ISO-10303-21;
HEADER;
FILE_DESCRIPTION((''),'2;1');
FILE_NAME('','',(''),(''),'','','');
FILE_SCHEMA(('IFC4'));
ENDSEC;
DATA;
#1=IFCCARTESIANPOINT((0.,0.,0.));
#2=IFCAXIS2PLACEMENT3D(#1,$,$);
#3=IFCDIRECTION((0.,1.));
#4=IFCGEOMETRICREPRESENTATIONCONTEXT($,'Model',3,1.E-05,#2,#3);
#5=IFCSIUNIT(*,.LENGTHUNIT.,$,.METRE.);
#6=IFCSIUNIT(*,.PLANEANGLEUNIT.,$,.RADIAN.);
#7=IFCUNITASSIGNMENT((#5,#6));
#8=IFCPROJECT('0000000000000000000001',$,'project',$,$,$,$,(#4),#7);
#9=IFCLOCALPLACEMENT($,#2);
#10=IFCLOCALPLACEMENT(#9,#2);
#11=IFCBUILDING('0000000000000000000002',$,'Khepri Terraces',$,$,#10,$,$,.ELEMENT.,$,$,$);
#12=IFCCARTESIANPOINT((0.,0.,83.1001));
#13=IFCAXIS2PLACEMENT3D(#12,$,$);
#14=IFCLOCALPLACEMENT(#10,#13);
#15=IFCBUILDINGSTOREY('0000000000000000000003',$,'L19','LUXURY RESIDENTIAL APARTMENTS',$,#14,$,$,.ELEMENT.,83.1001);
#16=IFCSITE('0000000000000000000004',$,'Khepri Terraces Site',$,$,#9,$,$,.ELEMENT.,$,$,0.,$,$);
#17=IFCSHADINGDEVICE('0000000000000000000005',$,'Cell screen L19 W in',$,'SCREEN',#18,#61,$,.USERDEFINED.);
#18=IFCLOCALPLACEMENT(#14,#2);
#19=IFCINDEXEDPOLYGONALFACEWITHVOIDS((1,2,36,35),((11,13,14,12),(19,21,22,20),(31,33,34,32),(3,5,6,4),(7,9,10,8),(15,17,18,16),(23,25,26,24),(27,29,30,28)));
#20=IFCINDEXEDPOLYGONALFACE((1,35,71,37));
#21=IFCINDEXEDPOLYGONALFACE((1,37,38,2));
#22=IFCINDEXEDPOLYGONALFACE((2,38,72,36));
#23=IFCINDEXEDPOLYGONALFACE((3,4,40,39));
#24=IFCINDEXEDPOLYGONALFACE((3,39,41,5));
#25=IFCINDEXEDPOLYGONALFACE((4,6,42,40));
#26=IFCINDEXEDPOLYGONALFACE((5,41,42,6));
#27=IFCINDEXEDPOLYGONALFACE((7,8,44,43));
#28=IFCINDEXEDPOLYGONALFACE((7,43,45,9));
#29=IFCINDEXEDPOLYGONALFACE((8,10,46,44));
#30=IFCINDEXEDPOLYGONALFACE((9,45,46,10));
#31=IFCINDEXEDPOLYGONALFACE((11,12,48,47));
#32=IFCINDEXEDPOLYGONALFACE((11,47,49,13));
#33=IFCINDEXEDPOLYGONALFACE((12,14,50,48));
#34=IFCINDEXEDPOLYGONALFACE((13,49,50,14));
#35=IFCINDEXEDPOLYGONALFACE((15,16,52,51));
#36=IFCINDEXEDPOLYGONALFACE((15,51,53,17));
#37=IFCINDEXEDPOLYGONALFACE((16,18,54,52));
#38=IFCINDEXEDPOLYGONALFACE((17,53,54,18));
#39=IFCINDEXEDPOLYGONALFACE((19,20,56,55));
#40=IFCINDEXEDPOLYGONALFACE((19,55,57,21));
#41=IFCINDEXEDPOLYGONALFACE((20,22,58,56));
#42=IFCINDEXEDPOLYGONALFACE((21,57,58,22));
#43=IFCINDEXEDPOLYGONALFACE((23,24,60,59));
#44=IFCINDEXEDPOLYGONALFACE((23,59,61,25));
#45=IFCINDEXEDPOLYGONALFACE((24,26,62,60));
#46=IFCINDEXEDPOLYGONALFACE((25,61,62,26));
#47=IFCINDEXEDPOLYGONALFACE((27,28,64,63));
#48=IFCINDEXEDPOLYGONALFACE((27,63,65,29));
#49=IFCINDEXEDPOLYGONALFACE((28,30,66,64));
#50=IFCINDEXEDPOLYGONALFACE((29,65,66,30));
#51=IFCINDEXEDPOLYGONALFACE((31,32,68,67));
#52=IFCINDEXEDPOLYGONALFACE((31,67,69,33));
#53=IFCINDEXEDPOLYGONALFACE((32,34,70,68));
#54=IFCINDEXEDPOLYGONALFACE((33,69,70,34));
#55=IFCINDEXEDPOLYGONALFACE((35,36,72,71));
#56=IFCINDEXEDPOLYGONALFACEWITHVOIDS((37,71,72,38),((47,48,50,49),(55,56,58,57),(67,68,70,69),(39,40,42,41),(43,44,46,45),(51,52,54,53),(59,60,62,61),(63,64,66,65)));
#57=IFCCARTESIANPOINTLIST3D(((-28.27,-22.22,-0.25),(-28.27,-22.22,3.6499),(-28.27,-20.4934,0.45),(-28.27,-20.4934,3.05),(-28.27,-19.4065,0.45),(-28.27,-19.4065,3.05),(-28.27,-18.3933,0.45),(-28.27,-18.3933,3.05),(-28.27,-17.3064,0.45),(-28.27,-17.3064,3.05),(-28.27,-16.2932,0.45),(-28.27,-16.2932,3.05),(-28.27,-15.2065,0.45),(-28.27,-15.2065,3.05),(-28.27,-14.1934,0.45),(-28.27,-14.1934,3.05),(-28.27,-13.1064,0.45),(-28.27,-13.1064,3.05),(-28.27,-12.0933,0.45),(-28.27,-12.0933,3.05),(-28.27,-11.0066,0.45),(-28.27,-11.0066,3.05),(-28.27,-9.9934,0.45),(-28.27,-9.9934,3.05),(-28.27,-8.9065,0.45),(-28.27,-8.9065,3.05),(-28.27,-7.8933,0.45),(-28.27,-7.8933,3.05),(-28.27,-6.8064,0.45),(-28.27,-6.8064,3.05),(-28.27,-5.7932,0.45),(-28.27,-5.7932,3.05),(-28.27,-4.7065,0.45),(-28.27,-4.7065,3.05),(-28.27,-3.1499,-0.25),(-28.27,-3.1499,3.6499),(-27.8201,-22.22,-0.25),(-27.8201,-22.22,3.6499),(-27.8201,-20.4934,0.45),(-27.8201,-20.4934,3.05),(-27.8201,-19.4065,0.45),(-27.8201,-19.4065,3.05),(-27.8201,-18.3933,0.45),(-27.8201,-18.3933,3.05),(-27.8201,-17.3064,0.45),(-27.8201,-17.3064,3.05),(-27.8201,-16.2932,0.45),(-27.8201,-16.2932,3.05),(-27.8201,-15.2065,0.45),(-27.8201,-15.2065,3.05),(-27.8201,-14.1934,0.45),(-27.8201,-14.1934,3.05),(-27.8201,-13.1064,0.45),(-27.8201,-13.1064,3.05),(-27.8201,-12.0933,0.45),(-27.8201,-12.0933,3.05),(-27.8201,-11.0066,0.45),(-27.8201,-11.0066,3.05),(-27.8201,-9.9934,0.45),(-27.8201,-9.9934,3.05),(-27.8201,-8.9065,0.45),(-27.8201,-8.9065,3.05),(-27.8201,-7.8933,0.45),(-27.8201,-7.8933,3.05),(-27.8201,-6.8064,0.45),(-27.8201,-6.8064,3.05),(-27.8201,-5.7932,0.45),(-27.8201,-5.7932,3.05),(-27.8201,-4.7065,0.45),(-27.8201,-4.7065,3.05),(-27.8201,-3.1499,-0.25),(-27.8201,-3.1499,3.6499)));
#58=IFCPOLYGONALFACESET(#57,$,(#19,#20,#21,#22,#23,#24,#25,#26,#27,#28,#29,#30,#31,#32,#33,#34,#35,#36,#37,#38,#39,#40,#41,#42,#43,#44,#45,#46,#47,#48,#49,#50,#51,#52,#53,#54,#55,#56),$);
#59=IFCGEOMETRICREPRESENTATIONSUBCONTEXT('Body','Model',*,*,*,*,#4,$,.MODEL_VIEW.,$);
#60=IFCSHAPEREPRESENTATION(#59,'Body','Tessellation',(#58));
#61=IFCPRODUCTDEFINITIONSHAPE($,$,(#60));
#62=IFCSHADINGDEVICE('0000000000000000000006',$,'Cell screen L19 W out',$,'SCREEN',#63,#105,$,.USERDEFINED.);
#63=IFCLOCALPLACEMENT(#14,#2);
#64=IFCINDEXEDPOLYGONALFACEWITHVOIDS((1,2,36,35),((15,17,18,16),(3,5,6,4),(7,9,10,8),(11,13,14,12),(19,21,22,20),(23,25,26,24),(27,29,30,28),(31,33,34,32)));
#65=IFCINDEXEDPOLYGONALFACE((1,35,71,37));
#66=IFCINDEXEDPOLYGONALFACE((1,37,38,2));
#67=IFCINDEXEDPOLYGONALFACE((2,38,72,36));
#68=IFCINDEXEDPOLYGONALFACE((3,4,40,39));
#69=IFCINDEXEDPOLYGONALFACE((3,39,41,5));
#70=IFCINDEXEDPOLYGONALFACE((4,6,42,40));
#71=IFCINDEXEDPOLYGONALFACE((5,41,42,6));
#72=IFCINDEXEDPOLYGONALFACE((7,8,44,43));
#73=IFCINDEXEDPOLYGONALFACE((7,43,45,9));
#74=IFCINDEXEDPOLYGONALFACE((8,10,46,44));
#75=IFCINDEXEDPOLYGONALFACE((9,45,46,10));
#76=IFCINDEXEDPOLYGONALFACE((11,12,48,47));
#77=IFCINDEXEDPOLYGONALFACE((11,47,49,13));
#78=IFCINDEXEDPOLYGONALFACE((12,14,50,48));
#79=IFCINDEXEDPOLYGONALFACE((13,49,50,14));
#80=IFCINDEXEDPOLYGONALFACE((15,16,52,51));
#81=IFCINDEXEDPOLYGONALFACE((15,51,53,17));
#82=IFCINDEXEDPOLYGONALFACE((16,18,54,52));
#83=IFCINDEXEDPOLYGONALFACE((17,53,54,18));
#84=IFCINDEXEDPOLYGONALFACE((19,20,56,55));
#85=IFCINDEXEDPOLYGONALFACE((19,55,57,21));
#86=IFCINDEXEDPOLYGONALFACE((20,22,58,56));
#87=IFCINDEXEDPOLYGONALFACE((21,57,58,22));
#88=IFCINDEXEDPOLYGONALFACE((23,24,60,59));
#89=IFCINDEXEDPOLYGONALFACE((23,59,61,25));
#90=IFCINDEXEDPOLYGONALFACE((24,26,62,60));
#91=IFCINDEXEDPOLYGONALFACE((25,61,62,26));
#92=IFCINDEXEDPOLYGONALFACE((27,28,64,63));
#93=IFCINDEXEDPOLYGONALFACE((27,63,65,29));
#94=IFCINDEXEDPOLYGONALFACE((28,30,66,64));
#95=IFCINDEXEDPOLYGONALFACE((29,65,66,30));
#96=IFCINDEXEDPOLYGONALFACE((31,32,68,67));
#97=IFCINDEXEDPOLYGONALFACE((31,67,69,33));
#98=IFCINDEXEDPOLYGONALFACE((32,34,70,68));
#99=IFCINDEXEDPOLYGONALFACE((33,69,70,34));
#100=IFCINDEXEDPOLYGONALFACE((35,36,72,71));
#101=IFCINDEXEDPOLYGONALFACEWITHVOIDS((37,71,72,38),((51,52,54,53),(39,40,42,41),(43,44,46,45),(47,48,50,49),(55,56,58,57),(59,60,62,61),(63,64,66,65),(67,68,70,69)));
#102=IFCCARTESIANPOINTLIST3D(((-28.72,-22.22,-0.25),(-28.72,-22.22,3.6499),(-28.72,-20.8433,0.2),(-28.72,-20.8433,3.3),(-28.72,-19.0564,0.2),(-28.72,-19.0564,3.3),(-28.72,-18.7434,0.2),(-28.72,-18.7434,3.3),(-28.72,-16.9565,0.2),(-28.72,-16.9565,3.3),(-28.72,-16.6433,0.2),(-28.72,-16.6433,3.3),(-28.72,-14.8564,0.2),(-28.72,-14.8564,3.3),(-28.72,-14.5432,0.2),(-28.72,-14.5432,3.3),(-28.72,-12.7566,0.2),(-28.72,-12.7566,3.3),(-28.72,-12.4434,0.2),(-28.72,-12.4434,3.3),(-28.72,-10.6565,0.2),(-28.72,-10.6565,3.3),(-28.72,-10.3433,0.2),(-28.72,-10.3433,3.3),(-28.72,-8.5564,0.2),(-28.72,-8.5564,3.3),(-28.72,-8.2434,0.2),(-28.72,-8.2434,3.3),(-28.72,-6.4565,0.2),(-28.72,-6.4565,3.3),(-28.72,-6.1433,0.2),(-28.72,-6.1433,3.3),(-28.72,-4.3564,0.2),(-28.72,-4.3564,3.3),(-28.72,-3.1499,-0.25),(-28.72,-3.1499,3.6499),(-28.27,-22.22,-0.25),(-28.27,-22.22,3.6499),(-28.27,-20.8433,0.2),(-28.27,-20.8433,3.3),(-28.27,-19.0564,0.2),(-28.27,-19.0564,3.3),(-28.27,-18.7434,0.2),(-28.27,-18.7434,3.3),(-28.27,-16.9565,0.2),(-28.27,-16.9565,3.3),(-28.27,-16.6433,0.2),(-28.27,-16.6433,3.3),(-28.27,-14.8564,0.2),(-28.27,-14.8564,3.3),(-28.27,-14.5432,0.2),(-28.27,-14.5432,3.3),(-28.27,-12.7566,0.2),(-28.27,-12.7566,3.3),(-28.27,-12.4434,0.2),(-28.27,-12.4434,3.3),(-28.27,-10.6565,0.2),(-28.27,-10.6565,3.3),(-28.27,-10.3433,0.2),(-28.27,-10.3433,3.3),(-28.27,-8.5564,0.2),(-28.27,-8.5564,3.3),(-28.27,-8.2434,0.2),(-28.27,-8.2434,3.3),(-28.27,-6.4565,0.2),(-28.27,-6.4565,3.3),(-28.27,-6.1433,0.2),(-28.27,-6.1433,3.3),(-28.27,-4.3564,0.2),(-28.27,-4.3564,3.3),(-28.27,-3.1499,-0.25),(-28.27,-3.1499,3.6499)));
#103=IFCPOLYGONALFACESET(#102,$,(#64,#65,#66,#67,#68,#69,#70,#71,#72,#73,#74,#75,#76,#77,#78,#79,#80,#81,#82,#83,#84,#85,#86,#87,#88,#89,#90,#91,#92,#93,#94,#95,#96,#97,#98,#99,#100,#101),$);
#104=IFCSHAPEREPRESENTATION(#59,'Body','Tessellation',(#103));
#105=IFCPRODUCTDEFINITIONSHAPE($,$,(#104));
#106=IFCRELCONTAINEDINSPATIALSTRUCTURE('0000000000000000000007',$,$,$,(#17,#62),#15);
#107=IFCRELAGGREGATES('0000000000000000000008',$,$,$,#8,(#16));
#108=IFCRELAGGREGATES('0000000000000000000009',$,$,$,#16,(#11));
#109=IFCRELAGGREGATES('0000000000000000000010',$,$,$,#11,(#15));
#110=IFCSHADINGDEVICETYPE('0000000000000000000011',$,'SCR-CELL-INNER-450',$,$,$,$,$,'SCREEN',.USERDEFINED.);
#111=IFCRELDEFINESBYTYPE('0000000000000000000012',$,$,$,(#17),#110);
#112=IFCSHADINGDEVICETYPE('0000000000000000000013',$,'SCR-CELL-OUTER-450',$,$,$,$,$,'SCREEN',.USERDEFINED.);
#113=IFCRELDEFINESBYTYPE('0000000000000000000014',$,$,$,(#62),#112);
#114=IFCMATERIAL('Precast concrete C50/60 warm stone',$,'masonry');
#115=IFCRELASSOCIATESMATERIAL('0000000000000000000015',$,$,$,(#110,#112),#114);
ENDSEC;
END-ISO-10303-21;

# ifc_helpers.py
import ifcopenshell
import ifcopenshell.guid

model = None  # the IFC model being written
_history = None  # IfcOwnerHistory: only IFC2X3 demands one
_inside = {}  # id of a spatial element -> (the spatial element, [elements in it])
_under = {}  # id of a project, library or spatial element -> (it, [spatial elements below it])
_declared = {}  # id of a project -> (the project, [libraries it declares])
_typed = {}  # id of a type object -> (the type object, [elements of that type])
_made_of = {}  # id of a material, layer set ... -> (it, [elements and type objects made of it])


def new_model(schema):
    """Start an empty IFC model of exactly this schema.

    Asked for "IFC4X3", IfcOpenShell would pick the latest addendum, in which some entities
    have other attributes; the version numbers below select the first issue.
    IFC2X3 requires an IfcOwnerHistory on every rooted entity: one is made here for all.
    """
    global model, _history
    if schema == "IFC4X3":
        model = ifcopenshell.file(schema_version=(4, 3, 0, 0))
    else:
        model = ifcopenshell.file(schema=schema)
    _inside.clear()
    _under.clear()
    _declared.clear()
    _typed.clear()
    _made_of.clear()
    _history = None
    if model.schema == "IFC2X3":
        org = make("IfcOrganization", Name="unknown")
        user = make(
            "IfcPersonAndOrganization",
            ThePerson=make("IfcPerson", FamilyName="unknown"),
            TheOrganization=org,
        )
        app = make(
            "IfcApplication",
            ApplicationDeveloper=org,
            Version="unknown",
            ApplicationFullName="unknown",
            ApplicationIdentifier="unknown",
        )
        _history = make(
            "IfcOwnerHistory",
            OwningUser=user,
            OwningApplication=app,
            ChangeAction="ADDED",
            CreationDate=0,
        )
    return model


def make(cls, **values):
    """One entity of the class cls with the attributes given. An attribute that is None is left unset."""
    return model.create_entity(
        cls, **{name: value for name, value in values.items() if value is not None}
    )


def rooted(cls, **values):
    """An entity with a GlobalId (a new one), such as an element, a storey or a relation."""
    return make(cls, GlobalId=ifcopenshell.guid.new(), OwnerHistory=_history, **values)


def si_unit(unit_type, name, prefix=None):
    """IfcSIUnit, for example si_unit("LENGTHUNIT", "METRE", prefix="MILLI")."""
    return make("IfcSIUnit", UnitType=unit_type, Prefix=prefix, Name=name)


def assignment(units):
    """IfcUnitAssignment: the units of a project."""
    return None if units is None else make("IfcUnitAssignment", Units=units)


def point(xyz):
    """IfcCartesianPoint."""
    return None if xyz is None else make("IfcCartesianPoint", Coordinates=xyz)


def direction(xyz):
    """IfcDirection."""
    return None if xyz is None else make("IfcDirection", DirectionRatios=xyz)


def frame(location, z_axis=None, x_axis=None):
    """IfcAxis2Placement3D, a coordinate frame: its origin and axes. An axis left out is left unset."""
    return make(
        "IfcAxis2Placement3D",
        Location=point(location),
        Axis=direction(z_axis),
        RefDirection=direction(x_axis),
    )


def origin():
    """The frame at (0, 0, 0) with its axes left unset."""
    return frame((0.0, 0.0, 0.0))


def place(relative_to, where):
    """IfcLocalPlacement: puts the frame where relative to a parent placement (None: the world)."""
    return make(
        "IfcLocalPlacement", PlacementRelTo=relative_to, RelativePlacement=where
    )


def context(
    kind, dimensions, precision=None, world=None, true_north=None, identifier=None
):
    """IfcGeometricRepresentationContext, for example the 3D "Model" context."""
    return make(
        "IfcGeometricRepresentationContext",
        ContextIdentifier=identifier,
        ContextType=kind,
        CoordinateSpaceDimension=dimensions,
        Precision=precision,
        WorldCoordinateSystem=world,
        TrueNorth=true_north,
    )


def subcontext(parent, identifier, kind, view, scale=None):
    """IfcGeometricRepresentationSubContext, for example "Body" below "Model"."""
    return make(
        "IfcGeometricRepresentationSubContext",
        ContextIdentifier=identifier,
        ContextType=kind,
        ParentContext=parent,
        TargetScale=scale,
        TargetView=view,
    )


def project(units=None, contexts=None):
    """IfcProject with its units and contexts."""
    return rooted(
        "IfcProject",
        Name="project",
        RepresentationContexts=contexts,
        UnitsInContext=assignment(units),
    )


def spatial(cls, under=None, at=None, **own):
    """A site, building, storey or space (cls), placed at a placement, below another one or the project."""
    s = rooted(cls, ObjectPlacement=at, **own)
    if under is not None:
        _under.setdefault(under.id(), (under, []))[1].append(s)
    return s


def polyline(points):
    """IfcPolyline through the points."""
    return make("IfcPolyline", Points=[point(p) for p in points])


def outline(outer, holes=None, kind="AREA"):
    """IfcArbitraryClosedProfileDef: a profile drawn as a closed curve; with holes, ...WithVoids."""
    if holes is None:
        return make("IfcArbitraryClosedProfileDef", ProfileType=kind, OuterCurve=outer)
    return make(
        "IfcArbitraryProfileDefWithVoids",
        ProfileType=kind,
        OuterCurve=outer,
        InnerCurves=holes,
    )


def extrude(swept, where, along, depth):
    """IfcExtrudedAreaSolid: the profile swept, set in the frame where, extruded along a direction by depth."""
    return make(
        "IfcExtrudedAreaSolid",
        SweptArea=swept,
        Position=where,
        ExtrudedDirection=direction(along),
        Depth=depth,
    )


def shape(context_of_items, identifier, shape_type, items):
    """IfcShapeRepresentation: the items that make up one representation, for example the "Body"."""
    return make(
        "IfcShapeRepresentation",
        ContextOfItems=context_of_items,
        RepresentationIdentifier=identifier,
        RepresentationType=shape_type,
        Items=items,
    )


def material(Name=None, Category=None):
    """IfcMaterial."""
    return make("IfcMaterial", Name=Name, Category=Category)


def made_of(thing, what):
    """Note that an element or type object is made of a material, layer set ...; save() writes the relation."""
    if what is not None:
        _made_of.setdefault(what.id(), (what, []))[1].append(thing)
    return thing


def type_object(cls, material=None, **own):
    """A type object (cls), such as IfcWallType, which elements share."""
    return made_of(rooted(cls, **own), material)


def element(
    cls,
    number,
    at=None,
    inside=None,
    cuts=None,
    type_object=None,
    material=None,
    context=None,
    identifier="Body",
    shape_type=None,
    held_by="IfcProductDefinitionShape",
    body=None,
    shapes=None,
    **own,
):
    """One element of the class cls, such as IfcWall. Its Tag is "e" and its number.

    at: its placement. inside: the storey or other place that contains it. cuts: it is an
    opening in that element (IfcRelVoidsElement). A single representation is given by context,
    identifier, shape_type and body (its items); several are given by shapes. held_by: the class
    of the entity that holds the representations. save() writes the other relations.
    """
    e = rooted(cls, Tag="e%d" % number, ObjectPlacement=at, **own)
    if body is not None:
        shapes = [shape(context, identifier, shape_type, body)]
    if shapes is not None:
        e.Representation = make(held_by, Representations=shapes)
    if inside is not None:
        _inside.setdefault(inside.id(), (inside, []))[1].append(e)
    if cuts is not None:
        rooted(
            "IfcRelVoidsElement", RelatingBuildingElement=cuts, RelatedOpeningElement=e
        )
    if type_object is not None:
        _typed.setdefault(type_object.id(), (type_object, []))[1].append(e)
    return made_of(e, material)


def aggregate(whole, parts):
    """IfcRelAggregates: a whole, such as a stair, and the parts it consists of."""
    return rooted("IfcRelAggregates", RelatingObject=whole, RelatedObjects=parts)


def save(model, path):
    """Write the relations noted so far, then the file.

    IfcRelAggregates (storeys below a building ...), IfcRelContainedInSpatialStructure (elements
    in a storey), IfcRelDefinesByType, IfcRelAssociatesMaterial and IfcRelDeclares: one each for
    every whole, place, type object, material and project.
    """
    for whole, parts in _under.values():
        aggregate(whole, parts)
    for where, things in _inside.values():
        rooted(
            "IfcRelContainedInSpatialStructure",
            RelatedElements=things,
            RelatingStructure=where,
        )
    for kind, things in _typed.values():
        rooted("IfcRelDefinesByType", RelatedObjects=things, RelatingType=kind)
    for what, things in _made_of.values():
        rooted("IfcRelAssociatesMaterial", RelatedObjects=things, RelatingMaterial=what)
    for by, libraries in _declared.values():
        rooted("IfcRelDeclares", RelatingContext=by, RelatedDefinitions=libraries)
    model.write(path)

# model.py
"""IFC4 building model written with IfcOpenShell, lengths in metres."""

from ifc_helpers import new_model, si_unit, direction, frame, origin, place, context, subcontext, project, spatial, polyline, outline, extrude, material, type_object, element, save


model = new_model("IFC4")

# Units and contexts
model_context = context("Model", 3, precision=1e-05, world=origin(), true_north=direction((0.0, 1.0)))
body_context = subcontext(model_context, "Body", "Model", "MODEL_VIEW")
ifc_project = project(units=[si_unit("LENGTHUNIT", "METRE"), si_unit("PLANEANGLEUNIT", "RADIAN")], contexts=[model_context])

# Site, building, storey
site_placement = place(None, origin())
site = spatial("IfcSite", under=ifc_project, at=site_placement, Name="Khepri Terraces Site", CompositionType="ELEMENT", RefElevation=0.0)
building_placement = place(site_placement, origin())
building = spatial("IfcBuilding", under=site, at=building_placement, Name="Khepri Terraces", CompositionType="ELEMENT")
storey_placement = place(building_placement, frame((0.0, 0.0, 83.1001)))
storey = spatial("IfcBuildingStorey", under=building, at=storey_placement, Name="L19", Description="LUXURY RESIDENTIAL APARTMENTS", CompositionType="ELEMENT", Elevation=83.1001)

# Shared definitions
ifc_material_1 = material(Name="Precast concrete C50/60 warm stone", Category="masonry")

# Shading devices
shading_device_type_1 = type_object("IfcShadingDeviceType", Name="SCR-CELL-INNER-450", ElementType="SCREEN", PredefinedType="USERDEFINED", material=ifc_material_1)
shading_device_1_placement = place(storey_placement, frame((-27.8201, -3.1499, -0.25), z_axis=(-1.0, 0.0, 0.0), x_axis=(0.0, -1.0, 0.0)))
element("IfcShadingDevice", 1, at=shading_device_1_placement, inside=storey, type_object=shading_device_type_1, Name="Cell screen L19 W in", ObjectType="SCREEN", PredefinedType="USERDEFINED", context=body_context, shape_type="SweptSolid", body=[
    extrude(outline(polyline([(0.0, 0.0), (19.0701, 0.0), (19.0701, 3.8999), (0.0, 3.8999), (0.0, 0.0)]), holes=[polyline([(1.5566, 0.7), (2.6433, 0.7), (2.6433, 3.3), (1.5566, 3.3), (1.5566, 0.7)]), polyline([(3.6565, 0.7), (4.7434, 0.7), (4.7434, 3.3), (3.6565, 3.3), (3.6565, 0.7)]), polyline([(5.7566, 0.7), (6.8435, 0.7), (6.8435, 3.3), (5.7566, 3.3), (5.7566, 0.7)]), polyline([(7.8567, 0.7), (8.9434, 0.7), (8.9434, 3.3), (7.8567, 3.3), (7.8567, 0.7)]), polyline([(9.9565, 0.7), (11.0435, 0.7), (11.0435, 3.3), (9.9565, 3.3), (9.9565, 0.7)]), polyline([(12.0566, 0.7), (13.1433, 0.7), (13.1433, 3.3), (12.0566, 3.3), (12.0566, 0.7)]), polyline([(14.1565, 0.7), (15.2434, 0.7), (15.2434, 3.3), (14.1565, 3.3), (14.1565, 0.7)]), polyline([(16.2566, 0.7), (17.3435, 0.7), (17.3435, 3.3), (16.2566, 3.3), (16.2566, 0.7)])]), origin(), (0.0, 0.0, 1.0), 0.45),
])
shading_device_type_2 = type_object("IfcShadingDeviceType", Name="SCR-CELL-OUTER-450", ElementType="SCREEN", PredefinedType="USERDEFINED", material=ifc_material_1)
shading_device_2_placement = place(storey_placement, frame((-28.27, -3.1499, -0.25), z_axis=(-1.0, 0.0, 0.0), x_axis=(0.0, -1.0, 0.0)))
element("IfcShadingDevice", 2, at=shading_device_2_placement, inside=storey, type_object=shading_device_type_2, Name="Cell screen L19 W out", ObjectType="SCREEN", PredefinedType="USERDEFINED", context=body_context, shape_type="SweptSolid", body=[
    extrude(outline(polyline([(0.0, 0.0), (19.0701, 0.0), (19.0701, 3.8999), (0.0, 3.8999), (0.0, 0.0)]), holes=[polyline([(1.2065, 0.45), (2.9934, 0.45), (2.9934, 3.55), (1.2065, 3.55), (1.2065, 0.45)]), polyline([(3.3066, 0.45), (5.0935, 0.45), (5.0935, 3.55), (3.3066, 3.55), (3.3066, 0.45)]), polyline([(5.4065, 0.45), (7.1934, 0.45), (7.1934, 3.55), (5.4065, 3.55), (5.4065, 0.45)]), polyline([(7.5066, 0.45), (9.2935, 0.45), (9.2935, 3.55), (7.5066, 3.55), (7.5066, 0.45)]), polyline([(9.6067, 0.45), (11.3933, 0.45), (11.3933, 3.55), (9.6067, 3.55), (9.6067, 0.45)]), polyline([(11.7065, 0.45), (13.4934, 0.45), (13.4934, 3.55), (11.7065, 3.55), (11.7065, 0.45)]), polyline([(13.8066, 0.45), (15.5935, 0.45), (15.5935, 3.55), (13.8066, 3.55), (13.8066, 0.45)]), polyline([(15.9065, 0.45), (17.6934, 0.45), (17.6934, 3.55), (15.9065, 3.55), (15.9065, 0.45)])]), origin(), (0.0, 0.0, 1.0), 0.45),
])

save(model, "model.ifc")
